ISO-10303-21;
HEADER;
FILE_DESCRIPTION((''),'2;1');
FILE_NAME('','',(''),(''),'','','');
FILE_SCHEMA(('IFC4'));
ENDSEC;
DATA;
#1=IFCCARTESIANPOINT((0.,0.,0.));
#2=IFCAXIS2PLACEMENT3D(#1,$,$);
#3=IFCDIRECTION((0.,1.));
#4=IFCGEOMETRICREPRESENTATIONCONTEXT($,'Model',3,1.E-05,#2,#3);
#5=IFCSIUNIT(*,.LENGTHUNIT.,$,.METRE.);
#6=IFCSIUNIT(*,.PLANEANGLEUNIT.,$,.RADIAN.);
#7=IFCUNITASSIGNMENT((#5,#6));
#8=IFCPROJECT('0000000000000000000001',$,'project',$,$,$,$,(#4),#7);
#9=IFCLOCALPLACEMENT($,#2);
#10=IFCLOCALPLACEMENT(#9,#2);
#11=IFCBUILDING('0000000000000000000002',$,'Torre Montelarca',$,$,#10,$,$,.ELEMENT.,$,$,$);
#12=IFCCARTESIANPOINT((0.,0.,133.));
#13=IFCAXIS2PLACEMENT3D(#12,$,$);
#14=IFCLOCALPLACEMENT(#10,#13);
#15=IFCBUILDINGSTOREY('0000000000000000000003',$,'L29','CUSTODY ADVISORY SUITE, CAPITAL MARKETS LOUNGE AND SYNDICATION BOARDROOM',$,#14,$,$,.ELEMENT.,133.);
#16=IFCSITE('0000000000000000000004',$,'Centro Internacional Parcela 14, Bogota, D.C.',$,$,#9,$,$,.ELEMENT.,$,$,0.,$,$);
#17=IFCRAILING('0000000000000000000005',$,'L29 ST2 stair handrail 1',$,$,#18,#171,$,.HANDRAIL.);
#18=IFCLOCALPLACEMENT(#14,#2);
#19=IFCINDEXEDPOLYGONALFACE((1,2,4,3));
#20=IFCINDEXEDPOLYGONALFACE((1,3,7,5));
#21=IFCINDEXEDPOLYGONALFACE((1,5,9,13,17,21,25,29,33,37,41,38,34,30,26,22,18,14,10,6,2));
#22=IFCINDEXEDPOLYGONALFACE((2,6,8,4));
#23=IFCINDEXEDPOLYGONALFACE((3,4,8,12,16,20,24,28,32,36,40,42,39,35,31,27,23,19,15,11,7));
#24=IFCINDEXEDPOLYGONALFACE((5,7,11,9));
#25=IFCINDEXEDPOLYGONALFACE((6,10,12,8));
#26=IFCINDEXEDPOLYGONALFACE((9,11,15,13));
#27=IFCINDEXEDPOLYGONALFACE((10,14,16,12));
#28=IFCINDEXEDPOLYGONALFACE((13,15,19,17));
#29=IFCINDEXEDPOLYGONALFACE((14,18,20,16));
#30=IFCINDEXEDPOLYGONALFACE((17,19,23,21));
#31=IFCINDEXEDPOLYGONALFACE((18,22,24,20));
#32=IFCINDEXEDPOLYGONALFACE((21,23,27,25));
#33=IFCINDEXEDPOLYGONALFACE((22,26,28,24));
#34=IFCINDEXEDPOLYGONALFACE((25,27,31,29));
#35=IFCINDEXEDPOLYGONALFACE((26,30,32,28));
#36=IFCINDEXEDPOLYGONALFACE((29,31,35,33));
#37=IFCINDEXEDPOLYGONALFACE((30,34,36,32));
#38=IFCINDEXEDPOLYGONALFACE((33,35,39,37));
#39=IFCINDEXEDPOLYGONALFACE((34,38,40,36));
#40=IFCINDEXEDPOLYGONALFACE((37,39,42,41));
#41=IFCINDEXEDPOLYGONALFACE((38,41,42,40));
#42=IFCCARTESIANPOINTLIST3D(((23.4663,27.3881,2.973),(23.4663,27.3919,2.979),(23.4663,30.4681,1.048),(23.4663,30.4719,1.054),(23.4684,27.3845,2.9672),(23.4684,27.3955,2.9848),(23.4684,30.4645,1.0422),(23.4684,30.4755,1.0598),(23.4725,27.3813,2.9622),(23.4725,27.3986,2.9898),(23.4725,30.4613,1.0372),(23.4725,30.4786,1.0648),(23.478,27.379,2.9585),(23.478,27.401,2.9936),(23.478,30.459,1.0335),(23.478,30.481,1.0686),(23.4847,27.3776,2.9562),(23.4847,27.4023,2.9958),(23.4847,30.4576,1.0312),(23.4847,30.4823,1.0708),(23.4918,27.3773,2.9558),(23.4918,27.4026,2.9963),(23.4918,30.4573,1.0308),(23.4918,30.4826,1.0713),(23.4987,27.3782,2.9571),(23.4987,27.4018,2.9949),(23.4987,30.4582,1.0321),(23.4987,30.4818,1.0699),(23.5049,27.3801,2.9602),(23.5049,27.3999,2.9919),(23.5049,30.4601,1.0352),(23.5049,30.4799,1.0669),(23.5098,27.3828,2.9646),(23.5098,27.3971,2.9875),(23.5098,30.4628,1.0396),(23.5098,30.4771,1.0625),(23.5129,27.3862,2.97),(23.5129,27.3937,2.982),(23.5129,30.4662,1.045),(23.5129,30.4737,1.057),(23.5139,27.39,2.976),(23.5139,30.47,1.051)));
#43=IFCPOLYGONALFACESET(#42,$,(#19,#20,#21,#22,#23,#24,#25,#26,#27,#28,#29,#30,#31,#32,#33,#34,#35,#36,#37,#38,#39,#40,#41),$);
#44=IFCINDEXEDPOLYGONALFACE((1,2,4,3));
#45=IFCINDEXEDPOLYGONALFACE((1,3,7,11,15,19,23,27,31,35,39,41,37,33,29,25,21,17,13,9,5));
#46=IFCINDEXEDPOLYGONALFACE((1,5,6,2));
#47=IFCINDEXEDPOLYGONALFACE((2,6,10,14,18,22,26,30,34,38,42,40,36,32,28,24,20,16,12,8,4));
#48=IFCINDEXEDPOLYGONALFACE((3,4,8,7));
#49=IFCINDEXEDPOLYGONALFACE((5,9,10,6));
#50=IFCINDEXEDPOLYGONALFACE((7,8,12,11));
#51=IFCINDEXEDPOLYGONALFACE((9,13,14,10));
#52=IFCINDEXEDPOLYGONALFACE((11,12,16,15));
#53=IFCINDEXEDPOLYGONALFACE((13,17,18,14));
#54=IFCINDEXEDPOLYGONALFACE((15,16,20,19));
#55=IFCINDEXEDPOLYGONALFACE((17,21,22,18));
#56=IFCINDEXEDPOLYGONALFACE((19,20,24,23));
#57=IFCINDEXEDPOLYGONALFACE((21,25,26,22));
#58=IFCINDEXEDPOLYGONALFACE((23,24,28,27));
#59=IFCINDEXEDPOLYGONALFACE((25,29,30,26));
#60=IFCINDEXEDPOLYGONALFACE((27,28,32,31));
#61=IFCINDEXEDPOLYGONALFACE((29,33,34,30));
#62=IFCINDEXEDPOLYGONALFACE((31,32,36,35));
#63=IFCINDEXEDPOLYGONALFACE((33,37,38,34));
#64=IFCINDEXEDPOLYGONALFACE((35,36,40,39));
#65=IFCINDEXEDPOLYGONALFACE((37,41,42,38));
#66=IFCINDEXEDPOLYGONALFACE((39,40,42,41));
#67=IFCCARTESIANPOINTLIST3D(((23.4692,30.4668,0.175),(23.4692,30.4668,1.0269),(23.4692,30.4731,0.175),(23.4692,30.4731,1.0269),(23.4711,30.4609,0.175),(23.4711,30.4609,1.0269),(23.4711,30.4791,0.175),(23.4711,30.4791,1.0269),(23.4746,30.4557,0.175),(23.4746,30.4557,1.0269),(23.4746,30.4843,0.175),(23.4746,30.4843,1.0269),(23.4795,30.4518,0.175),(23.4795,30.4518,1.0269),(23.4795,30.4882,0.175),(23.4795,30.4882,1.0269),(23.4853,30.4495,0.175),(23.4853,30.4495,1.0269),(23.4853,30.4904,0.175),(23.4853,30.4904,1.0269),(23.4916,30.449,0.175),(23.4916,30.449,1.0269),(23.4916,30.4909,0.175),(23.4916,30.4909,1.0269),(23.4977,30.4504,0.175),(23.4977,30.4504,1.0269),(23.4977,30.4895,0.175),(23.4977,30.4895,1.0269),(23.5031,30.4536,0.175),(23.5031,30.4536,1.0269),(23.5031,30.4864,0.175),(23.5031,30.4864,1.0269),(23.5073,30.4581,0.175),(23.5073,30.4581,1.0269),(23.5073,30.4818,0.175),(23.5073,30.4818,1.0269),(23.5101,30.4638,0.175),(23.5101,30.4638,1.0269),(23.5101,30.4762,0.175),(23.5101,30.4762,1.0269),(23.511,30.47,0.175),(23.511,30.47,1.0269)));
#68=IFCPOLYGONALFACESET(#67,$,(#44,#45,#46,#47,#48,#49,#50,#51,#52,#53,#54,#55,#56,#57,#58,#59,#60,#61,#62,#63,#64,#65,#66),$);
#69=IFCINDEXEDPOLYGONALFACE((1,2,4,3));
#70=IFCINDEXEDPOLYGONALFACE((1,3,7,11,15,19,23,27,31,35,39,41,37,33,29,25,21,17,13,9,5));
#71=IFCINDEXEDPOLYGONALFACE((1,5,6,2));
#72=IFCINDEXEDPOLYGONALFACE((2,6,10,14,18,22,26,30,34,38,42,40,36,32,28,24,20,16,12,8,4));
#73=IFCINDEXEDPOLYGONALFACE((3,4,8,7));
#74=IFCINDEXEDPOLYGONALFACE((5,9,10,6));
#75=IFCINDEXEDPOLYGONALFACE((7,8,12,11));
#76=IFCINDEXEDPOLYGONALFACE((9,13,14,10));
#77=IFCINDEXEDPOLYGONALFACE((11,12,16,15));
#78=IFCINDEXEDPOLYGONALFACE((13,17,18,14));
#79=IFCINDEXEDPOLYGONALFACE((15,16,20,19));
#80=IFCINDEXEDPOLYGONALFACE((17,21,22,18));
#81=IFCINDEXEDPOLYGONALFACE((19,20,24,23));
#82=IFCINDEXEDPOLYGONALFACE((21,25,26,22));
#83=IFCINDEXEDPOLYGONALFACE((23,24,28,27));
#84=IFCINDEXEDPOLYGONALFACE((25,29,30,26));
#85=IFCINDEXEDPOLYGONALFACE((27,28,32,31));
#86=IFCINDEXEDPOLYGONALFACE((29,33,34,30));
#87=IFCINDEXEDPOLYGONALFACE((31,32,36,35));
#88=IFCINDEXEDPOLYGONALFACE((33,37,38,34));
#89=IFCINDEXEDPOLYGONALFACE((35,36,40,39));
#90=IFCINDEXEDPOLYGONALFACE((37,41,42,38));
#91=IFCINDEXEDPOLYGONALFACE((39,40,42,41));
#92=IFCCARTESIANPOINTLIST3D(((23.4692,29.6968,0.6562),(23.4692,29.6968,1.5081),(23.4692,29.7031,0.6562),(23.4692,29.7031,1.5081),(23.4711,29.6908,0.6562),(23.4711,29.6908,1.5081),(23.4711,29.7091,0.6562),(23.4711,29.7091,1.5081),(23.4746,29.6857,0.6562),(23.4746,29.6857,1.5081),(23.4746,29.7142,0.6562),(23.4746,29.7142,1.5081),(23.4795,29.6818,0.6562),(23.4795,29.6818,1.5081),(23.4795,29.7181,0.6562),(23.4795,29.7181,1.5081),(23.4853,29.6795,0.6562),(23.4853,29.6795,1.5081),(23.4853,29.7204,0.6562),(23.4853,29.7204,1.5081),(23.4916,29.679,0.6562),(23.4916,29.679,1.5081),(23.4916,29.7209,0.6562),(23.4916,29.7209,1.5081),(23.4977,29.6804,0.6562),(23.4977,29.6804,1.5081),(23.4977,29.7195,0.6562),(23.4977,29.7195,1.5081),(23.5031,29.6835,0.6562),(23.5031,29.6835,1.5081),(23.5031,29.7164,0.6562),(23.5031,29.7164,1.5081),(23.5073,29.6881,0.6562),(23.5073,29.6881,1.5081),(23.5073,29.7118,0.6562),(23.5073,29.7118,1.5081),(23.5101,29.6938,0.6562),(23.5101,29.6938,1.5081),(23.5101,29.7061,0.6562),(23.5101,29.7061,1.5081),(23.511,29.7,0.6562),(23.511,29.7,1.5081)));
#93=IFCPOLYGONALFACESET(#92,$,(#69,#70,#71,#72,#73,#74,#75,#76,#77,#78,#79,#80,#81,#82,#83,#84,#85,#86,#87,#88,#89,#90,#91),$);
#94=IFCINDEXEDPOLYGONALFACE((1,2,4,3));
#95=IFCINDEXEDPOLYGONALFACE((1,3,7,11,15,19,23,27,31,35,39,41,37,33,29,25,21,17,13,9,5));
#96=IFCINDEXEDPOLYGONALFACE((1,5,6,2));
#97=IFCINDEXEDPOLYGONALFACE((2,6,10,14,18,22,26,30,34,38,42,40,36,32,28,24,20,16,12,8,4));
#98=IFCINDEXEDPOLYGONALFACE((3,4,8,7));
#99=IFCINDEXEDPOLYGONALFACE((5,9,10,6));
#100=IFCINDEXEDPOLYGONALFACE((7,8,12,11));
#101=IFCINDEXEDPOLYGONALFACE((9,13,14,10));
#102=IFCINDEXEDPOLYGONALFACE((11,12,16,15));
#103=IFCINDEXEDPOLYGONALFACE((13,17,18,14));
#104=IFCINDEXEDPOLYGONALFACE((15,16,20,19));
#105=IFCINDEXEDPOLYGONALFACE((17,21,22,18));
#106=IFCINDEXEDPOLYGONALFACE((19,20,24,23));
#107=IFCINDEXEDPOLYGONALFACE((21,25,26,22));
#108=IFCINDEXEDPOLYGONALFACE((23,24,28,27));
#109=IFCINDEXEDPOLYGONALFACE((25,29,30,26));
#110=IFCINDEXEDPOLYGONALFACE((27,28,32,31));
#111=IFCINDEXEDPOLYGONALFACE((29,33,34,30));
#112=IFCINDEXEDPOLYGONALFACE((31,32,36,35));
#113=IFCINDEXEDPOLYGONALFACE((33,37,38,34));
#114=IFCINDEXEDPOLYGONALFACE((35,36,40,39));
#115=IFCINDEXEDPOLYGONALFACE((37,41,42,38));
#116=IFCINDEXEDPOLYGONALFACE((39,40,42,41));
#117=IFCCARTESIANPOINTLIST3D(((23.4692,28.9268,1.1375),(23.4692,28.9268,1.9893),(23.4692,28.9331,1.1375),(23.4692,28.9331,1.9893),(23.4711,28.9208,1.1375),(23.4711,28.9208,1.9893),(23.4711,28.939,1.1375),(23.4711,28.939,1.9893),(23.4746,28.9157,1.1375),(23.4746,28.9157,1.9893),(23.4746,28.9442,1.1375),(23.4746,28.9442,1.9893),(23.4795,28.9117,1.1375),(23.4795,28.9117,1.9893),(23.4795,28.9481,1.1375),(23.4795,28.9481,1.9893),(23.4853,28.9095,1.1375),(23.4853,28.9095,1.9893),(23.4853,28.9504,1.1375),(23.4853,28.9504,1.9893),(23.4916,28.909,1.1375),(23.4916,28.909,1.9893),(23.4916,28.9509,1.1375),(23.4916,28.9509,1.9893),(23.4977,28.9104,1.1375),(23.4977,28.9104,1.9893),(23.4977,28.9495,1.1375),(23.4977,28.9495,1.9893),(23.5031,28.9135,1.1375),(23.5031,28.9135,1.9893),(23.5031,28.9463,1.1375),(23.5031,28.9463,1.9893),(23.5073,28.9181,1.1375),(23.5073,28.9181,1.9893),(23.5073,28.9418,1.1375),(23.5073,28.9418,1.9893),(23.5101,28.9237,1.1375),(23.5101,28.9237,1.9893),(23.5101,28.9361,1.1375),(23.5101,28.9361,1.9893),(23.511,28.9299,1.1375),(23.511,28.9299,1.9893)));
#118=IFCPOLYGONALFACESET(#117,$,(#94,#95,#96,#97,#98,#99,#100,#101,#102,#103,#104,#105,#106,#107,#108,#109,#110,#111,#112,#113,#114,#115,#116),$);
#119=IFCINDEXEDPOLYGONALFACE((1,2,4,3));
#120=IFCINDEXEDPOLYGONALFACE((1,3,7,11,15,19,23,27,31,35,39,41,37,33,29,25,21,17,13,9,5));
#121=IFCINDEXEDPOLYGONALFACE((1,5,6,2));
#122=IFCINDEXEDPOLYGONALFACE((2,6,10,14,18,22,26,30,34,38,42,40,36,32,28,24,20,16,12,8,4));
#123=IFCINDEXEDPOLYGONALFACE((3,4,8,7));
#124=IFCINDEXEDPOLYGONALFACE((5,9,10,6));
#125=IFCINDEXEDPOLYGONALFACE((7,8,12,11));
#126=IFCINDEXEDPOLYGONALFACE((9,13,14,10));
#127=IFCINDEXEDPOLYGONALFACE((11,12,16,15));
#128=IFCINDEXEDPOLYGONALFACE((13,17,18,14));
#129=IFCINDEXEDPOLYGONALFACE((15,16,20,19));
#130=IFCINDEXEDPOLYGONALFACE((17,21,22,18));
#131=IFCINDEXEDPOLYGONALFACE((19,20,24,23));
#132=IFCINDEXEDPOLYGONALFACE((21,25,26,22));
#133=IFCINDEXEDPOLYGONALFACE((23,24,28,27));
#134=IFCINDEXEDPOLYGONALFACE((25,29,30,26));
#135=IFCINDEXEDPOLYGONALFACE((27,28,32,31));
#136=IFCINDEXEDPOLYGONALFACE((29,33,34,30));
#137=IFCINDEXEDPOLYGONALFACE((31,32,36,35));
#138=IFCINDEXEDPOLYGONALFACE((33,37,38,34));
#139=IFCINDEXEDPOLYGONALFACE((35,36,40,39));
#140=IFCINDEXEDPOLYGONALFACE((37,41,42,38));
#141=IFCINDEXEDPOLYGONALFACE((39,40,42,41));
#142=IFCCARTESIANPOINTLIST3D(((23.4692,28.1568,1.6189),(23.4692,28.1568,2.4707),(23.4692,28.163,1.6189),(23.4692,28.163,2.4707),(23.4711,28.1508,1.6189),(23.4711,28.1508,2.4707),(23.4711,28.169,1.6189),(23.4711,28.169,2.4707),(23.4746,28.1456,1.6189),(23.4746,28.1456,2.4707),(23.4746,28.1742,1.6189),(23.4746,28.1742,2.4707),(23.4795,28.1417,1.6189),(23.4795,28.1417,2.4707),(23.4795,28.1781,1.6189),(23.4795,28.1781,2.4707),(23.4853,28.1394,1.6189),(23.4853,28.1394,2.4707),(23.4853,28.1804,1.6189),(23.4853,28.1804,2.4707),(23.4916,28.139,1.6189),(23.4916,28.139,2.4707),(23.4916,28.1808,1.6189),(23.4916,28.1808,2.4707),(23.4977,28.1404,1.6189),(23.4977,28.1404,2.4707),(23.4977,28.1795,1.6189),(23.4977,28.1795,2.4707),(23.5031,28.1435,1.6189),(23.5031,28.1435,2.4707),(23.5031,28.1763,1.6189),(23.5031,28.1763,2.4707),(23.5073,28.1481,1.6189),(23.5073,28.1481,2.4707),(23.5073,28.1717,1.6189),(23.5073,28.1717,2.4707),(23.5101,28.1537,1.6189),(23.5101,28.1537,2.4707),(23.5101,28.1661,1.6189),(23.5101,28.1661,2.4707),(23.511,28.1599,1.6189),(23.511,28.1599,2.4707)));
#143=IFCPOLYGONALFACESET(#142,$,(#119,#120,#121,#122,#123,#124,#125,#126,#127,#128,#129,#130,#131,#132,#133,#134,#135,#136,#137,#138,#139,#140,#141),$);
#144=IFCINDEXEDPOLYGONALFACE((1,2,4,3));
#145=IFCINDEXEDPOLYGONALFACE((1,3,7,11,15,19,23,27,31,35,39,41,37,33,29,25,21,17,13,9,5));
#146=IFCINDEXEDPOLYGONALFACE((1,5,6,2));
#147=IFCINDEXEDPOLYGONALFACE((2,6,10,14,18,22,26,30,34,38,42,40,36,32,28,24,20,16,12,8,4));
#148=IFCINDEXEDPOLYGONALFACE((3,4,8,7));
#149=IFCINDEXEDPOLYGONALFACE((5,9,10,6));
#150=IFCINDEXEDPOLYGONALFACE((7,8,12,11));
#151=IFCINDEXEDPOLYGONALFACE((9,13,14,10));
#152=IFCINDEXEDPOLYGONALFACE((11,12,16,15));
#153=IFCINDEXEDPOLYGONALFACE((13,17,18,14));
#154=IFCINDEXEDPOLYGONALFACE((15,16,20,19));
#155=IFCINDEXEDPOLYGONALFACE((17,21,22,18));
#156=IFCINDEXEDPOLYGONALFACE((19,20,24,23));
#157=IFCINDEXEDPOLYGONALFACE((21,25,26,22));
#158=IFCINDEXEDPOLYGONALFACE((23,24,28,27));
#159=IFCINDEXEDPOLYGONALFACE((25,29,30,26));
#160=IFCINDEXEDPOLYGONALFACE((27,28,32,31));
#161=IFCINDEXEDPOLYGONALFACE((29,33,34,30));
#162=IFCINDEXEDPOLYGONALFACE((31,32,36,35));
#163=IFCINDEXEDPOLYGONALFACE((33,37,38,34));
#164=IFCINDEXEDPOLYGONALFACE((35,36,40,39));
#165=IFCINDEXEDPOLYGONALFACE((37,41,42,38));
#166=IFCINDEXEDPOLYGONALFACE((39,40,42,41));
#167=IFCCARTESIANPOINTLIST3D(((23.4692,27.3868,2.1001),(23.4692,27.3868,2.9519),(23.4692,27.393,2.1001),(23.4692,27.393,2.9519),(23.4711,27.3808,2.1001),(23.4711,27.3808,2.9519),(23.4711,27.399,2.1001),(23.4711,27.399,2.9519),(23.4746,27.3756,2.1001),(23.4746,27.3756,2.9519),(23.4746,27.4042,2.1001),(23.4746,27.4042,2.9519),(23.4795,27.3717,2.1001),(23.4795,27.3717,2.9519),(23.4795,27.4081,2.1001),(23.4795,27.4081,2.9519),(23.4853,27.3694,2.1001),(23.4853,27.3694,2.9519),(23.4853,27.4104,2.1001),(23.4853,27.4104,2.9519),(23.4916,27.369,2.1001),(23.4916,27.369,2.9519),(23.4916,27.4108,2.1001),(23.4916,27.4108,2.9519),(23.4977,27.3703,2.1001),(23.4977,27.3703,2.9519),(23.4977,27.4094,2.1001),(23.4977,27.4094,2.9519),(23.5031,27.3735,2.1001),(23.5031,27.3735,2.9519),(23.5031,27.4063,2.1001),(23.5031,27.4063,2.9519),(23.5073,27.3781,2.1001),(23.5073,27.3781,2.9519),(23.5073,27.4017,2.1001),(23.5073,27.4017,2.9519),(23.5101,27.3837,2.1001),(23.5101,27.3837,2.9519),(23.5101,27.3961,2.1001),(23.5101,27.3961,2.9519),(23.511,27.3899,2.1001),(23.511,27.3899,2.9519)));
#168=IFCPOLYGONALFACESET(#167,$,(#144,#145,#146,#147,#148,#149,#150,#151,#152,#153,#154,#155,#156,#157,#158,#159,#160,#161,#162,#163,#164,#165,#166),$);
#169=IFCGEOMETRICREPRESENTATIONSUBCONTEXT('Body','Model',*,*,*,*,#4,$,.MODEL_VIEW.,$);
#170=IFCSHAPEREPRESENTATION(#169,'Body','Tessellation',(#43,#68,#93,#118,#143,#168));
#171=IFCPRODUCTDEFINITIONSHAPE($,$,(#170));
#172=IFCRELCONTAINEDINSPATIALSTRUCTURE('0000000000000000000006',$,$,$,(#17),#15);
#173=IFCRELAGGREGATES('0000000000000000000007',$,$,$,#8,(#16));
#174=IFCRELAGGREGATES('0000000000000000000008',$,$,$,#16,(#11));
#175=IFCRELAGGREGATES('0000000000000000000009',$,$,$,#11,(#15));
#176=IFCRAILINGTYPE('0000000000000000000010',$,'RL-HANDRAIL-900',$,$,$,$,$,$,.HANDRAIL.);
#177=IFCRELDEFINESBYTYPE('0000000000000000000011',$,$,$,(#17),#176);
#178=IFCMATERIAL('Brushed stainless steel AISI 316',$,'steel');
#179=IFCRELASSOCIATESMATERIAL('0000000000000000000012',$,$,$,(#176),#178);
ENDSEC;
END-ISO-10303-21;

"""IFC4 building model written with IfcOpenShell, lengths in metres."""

from ifc_helpers import new_model, si_unit, direction, frame, origin, origin_2d, place, context, subcontext, project, spatial, circle, extrude, material, type_object, element, save


model = new_model("IFC4")

# Units and contexts
model_context = context("Model", 3, precision=1e-05, world=origin(), true_north=direction((0.0, 1.0)))
body_context = subcontext(model_context, "Body", "Model", "MODEL_VIEW")
ifc_project = project(units=[si_unit("LENGTHUNIT", "METRE"), si_unit("PLANEANGLEUNIT", "RADIAN")], contexts=[model_context])

# Site, building, storey
site_placement = place(None, origin())
site = spatial("IfcSite", under=ifc_project, at=site_placement, Name="Centro Internacional Parcela 14, Bogota, D.C.", CompositionType="ELEMENT", RefElevation=0.0)
building_placement = place(site_placement, origin())
building = spatial("IfcBuilding", under=site, at=building_placement, Name="Torre Montelarca", CompositionType="ELEMENT")
storey_placement = place(building_placement, frame((0.0, 0.0, 133.0)))
storey = spatial("IfcBuildingStorey", under=building, at=storey_placement, Name="L29", Description="CUSTODY ADVISORY SUITE, CAPITAL MARKETS LOUNGE AND SYNDICATION BOARDROOM", CompositionType="ELEMENT", Elevation=133.0)

# Railing
ifc_material_1 = material(Name="Brushed stainless steel AISI 316", Category="steel")
railing_type_1 = type_object("IfcRailingType", Name="RL-HANDRAIL-900", PredefinedType="HANDRAIL", material=ifc_material_1)
railing_1_placement = place(storey_placement, frame((23.49, 30.47, 0.175)))
element("IfcRailing", 1, at=railing_1_placement, inside=storey, type_object=railing_type_1, Name="L29 ST2 stair handrail 1", PredefinedType="HANDRAIL", context=body_context, shape_type="SweptSolid", body=[
    extrude(circle(Radius=0.0239, at=origin_2d()), frame((0.0, 0.0, 0.876), z_axis=(0.0, -0.847998, 0.529999), x_axis=(1.0, 0.0, 0.0)), (0.0, 0.0, 1.0), 3.6321),
    extrude(circle(Radius=0.021, at=origin_2d()), origin(), (0.0, 0.0, 1.0), 0.8518),
    extrude(circle(Radius=0.021, at=origin_2d()), frame((0.0, -0.77, 0.4812)), (0.0, 0.0, 1.0), 0.8518),
    extrude(circle(Radius=0.021, at=origin_2d()), frame((0.0, -1.54, 0.9624)), (0.0, 0.0, 1.0), 0.8518),
    extrude(circle(Radius=0.021, at=origin_2d()), frame((0.0, -2.3101, 1.4438)), (0.0, 0.0, 1.0), 0.8518),
    extrude(circle(Radius=0.021, at=origin_2d()), frame((0.0, -3.0801, 1.925)), (0.0, 0.0, 1.0), 0.8518),
])

save(model, "model.ifc")
